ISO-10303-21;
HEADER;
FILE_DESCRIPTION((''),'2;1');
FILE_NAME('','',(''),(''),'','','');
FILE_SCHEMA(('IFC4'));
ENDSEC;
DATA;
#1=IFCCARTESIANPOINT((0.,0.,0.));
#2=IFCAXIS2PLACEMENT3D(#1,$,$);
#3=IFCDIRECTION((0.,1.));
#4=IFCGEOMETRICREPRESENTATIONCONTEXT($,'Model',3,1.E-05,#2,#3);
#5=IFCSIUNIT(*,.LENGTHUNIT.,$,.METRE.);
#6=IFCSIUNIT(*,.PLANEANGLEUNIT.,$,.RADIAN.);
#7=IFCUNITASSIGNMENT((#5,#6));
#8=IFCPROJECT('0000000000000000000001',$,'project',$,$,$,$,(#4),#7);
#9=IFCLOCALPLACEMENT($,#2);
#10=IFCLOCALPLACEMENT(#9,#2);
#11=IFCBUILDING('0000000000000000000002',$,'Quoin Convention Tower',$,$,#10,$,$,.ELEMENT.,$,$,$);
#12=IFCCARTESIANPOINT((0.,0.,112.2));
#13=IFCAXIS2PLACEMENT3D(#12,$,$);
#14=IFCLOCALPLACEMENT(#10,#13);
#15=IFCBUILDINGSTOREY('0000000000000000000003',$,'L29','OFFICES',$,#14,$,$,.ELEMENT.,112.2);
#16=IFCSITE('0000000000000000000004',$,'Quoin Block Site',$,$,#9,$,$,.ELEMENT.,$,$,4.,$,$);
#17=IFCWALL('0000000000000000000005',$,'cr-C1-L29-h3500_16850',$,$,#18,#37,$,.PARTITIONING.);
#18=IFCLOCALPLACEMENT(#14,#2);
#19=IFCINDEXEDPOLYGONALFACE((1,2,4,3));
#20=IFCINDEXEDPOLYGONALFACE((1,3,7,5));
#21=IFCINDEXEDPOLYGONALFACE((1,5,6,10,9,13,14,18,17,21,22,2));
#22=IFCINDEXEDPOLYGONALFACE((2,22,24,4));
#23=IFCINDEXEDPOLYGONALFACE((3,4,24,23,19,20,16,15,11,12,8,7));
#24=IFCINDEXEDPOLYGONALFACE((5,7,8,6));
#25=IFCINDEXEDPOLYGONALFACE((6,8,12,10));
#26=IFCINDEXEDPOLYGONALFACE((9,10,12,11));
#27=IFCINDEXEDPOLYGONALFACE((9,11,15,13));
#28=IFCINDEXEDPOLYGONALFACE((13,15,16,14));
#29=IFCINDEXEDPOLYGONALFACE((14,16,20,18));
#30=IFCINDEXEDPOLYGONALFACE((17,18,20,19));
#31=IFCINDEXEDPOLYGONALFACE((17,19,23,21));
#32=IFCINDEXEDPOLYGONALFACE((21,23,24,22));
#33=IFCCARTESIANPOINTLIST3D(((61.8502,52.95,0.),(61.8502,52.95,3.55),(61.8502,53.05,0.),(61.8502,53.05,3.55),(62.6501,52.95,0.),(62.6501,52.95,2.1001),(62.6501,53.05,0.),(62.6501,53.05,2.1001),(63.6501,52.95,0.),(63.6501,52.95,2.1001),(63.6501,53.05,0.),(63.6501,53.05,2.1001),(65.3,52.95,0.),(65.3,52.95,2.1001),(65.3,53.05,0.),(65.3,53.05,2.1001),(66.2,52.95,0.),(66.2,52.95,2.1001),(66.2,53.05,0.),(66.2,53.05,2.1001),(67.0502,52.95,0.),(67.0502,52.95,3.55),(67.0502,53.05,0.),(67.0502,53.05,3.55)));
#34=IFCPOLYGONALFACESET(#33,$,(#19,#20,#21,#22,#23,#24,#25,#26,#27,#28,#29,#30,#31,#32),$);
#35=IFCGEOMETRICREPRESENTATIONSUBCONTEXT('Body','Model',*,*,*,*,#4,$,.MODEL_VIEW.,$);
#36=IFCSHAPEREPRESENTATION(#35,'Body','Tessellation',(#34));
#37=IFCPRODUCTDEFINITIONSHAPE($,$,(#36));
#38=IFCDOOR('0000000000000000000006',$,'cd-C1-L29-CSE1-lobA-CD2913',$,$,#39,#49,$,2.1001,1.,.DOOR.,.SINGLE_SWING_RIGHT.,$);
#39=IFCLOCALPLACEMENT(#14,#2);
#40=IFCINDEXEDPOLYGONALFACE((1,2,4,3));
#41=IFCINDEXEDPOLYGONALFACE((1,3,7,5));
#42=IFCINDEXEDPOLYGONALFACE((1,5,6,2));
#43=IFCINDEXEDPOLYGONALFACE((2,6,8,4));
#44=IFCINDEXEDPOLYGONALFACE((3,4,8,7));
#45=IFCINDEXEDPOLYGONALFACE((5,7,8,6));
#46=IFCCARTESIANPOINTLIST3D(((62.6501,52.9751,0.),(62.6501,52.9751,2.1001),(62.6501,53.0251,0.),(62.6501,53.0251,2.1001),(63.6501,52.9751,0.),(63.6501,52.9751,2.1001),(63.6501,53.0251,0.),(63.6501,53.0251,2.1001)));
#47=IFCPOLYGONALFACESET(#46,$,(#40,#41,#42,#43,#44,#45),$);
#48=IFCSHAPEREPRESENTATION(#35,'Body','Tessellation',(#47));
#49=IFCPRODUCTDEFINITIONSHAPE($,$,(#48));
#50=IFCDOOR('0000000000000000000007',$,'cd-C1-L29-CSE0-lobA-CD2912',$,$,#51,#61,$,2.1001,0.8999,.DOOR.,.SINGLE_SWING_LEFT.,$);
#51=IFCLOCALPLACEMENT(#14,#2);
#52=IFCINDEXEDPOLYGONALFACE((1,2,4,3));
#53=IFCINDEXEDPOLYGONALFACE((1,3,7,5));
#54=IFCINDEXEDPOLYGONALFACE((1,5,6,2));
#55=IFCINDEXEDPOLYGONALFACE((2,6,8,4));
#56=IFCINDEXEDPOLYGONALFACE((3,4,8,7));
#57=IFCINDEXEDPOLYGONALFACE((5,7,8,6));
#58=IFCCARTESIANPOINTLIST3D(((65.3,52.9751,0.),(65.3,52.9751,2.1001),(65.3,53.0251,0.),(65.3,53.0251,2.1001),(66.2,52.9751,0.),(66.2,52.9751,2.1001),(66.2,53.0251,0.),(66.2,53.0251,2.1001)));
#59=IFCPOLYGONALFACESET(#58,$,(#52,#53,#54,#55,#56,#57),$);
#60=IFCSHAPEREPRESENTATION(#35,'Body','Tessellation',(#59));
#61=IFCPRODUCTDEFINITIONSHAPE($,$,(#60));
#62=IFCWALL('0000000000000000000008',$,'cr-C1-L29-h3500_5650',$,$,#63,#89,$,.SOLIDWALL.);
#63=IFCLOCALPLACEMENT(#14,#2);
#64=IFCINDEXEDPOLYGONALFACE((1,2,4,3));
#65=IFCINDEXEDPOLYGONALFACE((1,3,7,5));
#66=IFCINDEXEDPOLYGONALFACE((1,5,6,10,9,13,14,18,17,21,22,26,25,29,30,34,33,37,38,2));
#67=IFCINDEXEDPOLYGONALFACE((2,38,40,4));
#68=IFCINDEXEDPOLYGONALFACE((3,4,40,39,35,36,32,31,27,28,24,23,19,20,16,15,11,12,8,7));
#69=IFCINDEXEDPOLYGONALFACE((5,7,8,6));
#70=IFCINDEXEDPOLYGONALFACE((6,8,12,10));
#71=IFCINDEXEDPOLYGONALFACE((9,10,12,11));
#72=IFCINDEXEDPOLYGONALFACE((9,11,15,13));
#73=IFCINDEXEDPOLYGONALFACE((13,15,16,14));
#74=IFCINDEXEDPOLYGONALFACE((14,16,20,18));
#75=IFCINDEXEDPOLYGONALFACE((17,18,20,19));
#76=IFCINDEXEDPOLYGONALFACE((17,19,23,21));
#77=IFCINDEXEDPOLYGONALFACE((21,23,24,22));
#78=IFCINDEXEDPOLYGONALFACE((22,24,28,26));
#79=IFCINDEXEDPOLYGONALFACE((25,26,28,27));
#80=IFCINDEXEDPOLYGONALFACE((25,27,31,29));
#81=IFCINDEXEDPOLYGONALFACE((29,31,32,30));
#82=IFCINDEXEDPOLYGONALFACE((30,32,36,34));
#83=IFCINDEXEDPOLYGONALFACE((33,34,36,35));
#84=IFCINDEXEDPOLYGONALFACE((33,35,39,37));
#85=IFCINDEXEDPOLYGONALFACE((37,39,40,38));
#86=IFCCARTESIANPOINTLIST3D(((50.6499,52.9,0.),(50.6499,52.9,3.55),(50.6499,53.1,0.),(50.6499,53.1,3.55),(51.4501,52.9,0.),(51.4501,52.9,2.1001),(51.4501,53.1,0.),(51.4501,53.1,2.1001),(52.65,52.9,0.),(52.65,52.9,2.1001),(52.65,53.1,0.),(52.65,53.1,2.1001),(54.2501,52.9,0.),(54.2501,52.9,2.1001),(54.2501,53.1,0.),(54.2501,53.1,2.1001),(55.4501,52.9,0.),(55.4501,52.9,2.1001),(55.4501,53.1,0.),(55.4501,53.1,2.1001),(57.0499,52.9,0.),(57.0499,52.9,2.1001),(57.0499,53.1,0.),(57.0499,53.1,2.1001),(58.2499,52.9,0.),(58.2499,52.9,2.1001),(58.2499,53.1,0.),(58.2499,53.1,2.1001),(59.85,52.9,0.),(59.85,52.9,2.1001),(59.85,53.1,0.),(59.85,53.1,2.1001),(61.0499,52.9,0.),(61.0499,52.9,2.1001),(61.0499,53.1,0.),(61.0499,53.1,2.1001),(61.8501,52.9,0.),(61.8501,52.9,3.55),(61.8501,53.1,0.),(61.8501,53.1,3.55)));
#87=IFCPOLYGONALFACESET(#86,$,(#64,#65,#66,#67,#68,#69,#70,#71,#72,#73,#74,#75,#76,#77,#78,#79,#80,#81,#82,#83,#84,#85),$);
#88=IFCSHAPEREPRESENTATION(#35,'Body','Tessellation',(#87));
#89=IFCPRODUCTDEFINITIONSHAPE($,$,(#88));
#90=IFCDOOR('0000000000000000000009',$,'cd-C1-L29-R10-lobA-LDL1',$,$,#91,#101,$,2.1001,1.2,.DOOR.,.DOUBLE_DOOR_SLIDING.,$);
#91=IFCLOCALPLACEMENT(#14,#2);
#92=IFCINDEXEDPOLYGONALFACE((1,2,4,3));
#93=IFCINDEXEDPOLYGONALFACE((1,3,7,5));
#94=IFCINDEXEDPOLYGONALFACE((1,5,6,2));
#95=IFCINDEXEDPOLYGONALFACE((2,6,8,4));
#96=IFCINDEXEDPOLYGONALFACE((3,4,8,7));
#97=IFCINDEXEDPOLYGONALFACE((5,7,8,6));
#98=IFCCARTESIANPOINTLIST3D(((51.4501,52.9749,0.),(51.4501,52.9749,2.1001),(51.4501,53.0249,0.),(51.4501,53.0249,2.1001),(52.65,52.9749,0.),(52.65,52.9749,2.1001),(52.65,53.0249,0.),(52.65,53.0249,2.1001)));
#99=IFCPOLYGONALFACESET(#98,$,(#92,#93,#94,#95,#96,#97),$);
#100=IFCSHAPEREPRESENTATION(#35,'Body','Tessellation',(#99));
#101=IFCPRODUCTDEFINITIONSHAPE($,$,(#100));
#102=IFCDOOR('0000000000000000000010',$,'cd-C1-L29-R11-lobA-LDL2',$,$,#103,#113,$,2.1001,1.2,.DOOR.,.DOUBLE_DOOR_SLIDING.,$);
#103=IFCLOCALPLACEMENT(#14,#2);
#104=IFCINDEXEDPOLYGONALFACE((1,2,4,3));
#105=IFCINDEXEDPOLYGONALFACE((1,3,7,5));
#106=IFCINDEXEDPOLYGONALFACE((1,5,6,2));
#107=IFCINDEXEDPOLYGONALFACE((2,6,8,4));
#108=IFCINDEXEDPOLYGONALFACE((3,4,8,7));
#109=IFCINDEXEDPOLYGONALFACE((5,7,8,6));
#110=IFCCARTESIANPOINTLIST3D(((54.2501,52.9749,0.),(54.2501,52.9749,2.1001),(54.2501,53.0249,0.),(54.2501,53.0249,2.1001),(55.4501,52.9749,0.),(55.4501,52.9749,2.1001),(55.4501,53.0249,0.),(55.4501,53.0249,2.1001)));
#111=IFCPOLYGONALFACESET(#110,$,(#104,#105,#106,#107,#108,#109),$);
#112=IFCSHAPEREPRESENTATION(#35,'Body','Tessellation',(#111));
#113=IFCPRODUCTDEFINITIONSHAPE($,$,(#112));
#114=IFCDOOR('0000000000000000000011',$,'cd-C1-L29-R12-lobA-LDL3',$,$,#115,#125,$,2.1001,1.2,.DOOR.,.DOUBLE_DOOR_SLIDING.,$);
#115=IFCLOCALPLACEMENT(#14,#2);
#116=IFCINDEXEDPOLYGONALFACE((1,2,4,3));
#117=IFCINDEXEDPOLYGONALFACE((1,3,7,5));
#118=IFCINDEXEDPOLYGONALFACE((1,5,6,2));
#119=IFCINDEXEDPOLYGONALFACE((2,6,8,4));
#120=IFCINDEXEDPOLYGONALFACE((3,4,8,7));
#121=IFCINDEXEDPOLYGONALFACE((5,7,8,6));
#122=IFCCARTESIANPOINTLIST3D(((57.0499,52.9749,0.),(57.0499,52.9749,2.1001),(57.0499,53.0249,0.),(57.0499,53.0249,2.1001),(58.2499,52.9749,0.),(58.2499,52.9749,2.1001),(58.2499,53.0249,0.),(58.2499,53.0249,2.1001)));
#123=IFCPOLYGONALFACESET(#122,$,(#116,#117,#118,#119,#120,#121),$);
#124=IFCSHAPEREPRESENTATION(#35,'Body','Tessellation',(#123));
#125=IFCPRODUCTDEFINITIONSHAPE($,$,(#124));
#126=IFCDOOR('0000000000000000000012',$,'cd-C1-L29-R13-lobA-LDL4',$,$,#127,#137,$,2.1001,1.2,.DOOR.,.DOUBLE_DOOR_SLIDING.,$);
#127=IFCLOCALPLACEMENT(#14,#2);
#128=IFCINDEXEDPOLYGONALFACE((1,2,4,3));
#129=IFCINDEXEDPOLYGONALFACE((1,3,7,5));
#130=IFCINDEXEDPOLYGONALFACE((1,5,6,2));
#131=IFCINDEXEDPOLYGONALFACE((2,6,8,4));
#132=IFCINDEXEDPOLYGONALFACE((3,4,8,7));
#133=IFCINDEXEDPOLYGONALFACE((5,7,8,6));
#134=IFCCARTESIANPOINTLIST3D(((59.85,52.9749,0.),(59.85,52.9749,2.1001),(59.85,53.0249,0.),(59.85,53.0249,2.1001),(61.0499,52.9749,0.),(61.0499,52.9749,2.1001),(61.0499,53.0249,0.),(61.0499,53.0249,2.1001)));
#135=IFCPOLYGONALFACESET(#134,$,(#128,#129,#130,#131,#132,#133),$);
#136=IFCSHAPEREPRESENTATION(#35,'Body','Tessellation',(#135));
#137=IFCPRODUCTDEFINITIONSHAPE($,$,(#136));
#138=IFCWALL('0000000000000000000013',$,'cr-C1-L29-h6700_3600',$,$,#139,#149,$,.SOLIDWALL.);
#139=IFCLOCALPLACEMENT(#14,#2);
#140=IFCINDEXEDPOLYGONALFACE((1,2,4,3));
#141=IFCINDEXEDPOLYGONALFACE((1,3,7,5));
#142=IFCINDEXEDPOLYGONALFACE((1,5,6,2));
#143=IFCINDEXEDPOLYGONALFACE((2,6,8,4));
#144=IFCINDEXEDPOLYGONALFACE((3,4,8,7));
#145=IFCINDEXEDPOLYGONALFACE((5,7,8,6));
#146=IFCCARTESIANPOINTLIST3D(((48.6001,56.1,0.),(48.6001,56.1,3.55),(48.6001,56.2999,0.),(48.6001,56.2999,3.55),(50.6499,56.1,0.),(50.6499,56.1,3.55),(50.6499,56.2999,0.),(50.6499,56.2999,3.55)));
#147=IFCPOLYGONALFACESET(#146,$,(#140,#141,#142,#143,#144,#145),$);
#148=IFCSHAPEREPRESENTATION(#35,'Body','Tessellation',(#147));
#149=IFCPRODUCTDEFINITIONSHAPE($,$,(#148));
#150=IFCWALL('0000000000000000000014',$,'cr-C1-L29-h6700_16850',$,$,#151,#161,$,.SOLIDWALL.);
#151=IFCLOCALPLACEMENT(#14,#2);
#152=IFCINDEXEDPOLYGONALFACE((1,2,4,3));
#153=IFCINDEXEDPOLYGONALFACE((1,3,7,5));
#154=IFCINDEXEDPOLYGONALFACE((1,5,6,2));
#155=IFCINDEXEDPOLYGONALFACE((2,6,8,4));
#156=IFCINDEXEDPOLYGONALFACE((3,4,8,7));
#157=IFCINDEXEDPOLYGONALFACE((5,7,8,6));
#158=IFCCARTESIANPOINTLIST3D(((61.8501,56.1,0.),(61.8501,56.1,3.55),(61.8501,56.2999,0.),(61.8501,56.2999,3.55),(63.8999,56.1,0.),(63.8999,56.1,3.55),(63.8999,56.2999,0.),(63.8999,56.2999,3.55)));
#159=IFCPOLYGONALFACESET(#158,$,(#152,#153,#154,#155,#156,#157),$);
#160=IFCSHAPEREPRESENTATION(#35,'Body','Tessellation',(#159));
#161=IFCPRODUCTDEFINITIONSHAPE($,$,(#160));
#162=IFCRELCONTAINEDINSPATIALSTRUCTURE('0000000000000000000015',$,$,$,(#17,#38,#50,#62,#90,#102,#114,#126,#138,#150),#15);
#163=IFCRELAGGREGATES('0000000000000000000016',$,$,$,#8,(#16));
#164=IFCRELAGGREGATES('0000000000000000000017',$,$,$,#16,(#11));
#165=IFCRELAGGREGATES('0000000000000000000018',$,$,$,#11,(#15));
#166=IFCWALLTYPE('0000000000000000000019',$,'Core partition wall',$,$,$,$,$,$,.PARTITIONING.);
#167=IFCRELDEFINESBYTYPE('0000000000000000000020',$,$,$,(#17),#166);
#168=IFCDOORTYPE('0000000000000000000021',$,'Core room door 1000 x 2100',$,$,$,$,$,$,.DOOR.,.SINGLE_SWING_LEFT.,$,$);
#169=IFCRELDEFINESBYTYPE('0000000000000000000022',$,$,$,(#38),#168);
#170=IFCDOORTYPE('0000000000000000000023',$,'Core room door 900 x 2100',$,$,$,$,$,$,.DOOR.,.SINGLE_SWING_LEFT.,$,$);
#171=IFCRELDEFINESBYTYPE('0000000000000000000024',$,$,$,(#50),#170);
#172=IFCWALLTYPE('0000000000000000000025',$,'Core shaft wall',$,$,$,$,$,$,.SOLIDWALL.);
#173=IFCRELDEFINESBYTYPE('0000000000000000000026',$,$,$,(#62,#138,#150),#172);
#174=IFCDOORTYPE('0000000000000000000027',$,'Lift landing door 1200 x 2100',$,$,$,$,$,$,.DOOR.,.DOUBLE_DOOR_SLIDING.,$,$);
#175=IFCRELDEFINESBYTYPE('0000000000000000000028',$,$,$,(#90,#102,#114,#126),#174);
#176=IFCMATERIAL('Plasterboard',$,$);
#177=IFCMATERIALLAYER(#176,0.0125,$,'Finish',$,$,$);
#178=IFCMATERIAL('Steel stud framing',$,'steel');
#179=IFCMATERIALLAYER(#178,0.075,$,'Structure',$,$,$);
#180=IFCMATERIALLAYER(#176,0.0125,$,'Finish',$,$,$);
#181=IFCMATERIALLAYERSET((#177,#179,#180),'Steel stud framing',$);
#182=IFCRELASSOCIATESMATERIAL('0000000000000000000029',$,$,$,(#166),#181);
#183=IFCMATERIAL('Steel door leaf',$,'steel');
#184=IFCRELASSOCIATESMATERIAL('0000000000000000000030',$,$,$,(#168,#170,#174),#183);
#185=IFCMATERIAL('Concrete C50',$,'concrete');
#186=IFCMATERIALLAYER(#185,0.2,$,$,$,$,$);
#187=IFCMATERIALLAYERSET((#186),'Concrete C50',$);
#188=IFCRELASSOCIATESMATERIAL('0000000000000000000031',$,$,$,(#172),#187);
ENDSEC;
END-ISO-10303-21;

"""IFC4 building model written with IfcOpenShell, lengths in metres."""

from ifc_helpers import new_model, si_unit, direction, frame, frame_2d, origin, place, context, subcontext, project, spatial, rectangle, extrude, material, layer, layer_set, type_object, element, fill, save


model = new_model("IFC4")

# Units and contexts
model_context = context("Model", 3, precision=1e-05, world=origin(), true_north=direction((0.0, 1.0)))
body_context = subcontext(model_context, "Body", "Model", "MODEL_VIEW")
ifc_project = project(units=[si_unit("LENGTHUNIT", "METRE"), si_unit("PLANEANGLEUNIT", "RADIAN")], contexts=[model_context])

# Site, building, storey
site_placement = place(None, origin())
site = spatial("IfcSite", under=ifc_project, at=site_placement, Name="Quoin Block Site", CompositionType="ELEMENT", RefElevation=4.0)
building_placement = place(site_placement, origin())
building = spatial("IfcBuilding", under=site, at=building_placement, Name="Quoin Convention Tower", CompositionType="ELEMENT")
storey_placement = place(building_placement, frame((0.0, 0.0, 112.2)))
storey = spatial("IfcBuildingStorey", under=building, at=storey_placement, Name="L29", Description="OFFICES", CompositionType="ELEMENT", Elevation=112.2)

# Walls, openings, doors
ifc_material_1 = material(Name="Plasterboard")
ifc_layer_1 = layer(ifc_material_1, 0.0125, Name="Finish")
ifc_material_2 = material(Name="Steel stud framing", Category="steel")
ifc_layer_2 = layer(ifc_material_2, 0.075, Name="Structure")
ifc_layer_3 = layer(ifc_material_1, 0.0125, Name="Finish")
ifc_layer_set_1 = layer_set([ifc_layer_1, ifc_layer_2, ifc_layer_3], Name="Steel stud framing")
wall_type_1 = type_object("IfcWallType", Name="Core partition wall", PredefinedType="PARTITIONING", material=ifc_layer_set_1)
wall_1_placement = place(storey_placement, frame((61.8501, 53.0, 0.0), z_axis=(0.0, 0.0, 1.0), x_axis=(1.0, 0.0, 0.0)))
wall_1 = element("IfcWall", 1, at=wall_1_placement, inside=storey, type_object=wall_type_1, Name="cr-C1-L29-h3500_16850", PredefinedType="PARTITIONING", context=body_context, shape_type="SweptSolid", body=[
    extrude(rectangle(XDim=5.2, YDim=0.1001, at=frame_2d((2.6001, 0.0))), origin(), (0.0, 0.0, 1.0), 3.55),
])
opening_1_placement = place(wall_1_placement, frame((3.45, 0.0, 0.0)))
opening_1 = element("IfcOpeningElement", 2, at=opening_1_placement, cuts=wall_1, PredefinedType="OPENING", context=body_context, shape_type="SweptSolid", body=[
    extrude(rectangle(XDim=0.8999, YDim=2.1001, at=frame_2d((0.45, 1.05))), frame((0.0, 0.0601, 0.0), z_axis=(0.0, -1.0, 0.0), x_axis=(1.0, 0.0, 0.0)), (0.0, 0.0, 1.0), 0.1201),
])
opening_2_placement = place(wall_1_placement, frame((0.8, 0.0, 0.0)))
opening_2 = element("IfcOpeningElement", 3, at=opening_2_placement, cuts=wall_1, PredefinedType="OPENING", context=body_context, shape_type="SweptSolid", body=[
    extrude(rectangle(XDim=1.0, YDim=2.1001, at=frame_2d((0.5, 1.05))), frame((0.0, 0.0601, 0.0), z_axis=(0.0, -1.0, 0.0), x_axis=(1.0, 0.0, 0.0)), (0.0, 0.0, 1.0), 0.1201),
])
ifc_material_3 = material(Name="Steel door leaf", Category="steel")
door_type_1 = type_object("IfcDoorType", Name="Core room door 1000 x 2100", OperationType="SINGLE_SWING_LEFT", PredefinedType="DOOR", material=ifc_material_3)
door_1_placement = place(opening_2_placement, frame((1.0, 0.0, 0.0), z_axis=(0.0, 0.0, 1.0), x_axis=(-1.0, 0.0, 0.0)))
door_1 = element("IfcDoor", 4, at=door_1_placement, inside=storey, type_object=door_type_1, Name="cd-C1-L29-CSE1-lobA-CD2913", OperationType="SINGLE_SWING_RIGHT", OverallHeight=2.1001, OverallWidth=1.0, PredefinedType="DOOR", context=body_context, shape_type="SweptSolid", body=[
    extrude(rectangle(XDim=1.0, YDim=2.1001, at=frame_2d((0.5, 1.05))), frame((0.0, 0.0249, 0.0), z_axis=(0.0, -1.0, 0.0), x_axis=(1.0, 0.0, 0.0)), (0.0, 0.0, 1.0), 0.05),
])
fill(opening_2, door_1)
door_type_2 = type_object("IfcDoorType", Name="Core room door 900 x 2100", OperationType="SINGLE_SWING_LEFT", PredefinedType="DOOR", material=ifc_material_3)
door_2_placement = place(opening_1_placement, frame((0.8999, 0.0, 0.0), z_axis=(0.0, 0.0, 1.0), x_axis=(-1.0, 0.0, 0.0)))
door_2 = element("IfcDoor", 5, at=door_2_placement, inside=storey, type_object=door_type_2, Name="cd-C1-L29-CSE0-lobA-CD2912", OperationType="SINGLE_SWING_LEFT", OverallHeight=2.1001, OverallWidth=0.8999, PredefinedType="DOOR", context=body_context, shape_type="SweptSolid", body=[
    extrude(rectangle(XDim=0.8999, YDim=2.1001, at=frame_2d((0.45, 1.05))), frame((0.0, 0.0249, 0.0), z_axis=(0.0, -1.0, 0.0), x_axis=(1.0, 0.0, 0.0)), (0.0, 0.0, 1.0), 0.05),
])
fill(opening_1, door_2)
ifc_material_4 = material(Name="Concrete C50", Category="concrete")
ifc_layer_4 = layer(ifc_material_4, 0.2)
ifc_layer_set_2 = layer_set([ifc_layer_4], Name="Concrete C50")
wall_type_2 = type_object("IfcWallType", Name="Core shaft wall", PredefinedType="SOLIDWALL", material=ifc_layer_set_2)
wall_2_placement = place(storey_placement, frame((50.6499, 53.0, 0.0), z_axis=(0.0, 0.0, 1.0), x_axis=(1.0, 0.0, 0.0)))
wall_2 = element("IfcWall", 6, at=wall_2_placement, inside=storey, type_object=wall_type_2, Name="cr-C1-L29-h3500_5650", PredefinedType="SOLIDWALL", context=body_context, shape_type="SweptSolid", body=[
    extrude(rectangle(XDim=11.2002, YDim=0.2, at=frame_2d((5.6001, 0.0))), origin(), (0.0, 0.0, 1.0), 3.55),
])
opening_3_placement = place(wall_2_placement, frame((0.8, 0.0, 0.0)))
opening_3 = element("IfcOpeningElement", 7, at=opening_3_placement, cuts=wall_2, PredefinedType="OPENING", context=body_context, shape_type="SweptSolid", body=[
    extrude(rectangle(XDim=1.2, YDim=2.1001, at=frame_2d((0.6001, 1.05))), frame((0.0, 0.1099, 0.0), z_axis=(0.0, -1.0, 0.0), x_axis=(1.0, 0.0, 0.0)), (0.0, 0.0, 1.0), 0.22),
])
opening_4_placement = place(wall_2_placement, frame((3.6001, 0.0, 0.0)))
opening_4 = element("IfcOpeningElement", 8, at=opening_4_placement, cuts=wall_2, PredefinedType="OPENING", context=body_context, shape_type="SweptSolid", body=[
    extrude(rectangle(XDim=1.2, YDim=2.1001, at=frame_2d((0.6001, 1.05))), frame((0.0, 0.1099, 0.0), z_axis=(0.0, -1.0, 0.0), x_axis=(1.0, 0.0, 0.0)), (0.0, 0.0, 1.0), 0.22),
])
opening_5_placement = place(wall_2_placement, frame((6.3999, 0.0, 0.0)))
opening_5 = element("IfcOpeningElement", 9, at=opening_5_placement, cuts=wall_2, PredefinedType="OPENING", context=body_context, shape_type="SweptSolid", body=[
    extrude(rectangle(XDim=1.2, YDim=2.1001, at=frame_2d((0.6001, 1.05))), frame((0.0, 0.1099, 0.0), z_axis=(0.0, -1.0, 0.0), x_axis=(1.0, 0.0, 0.0)), (0.0, 0.0, 1.0), 0.22),
])
opening_6_placement = place(wall_2_placement, frame((9.2, 0.0, 0.0)))
opening_6 = element("IfcOpeningElement", 10, at=opening_6_placement, cuts=wall_2, PredefinedType="OPENING", context=body_context, shape_type="SweptSolid", body=[
    extrude(rectangle(XDim=1.2, YDim=2.1001, at=frame_2d((0.6001, 1.05))), frame((0.0, 0.1099, 0.0), z_axis=(0.0, -1.0, 0.0), x_axis=(1.0, 0.0, 0.0)), (0.0, 0.0, 1.0), 0.22),
])
door_type_3 = type_object("IfcDoorType", Name="Lift landing door 1200 x 2100", OperationType="DOUBLE_DOOR_SLIDING", PredefinedType="DOOR", material=ifc_material_3)
door_3_placement = place(opening_3_placement, origin())
door_3 = element("IfcDoor", 11, at=door_3_placement, inside=storey, type_object=door_type_3, Name="cd-C1-L29-R10-lobA-LDL1", OperationType="DOUBLE_DOOR_SLIDING", OverallHeight=2.1001, OverallWidth=1.2, PredefinedType="DOOR", context=body_context, shape_type="SweptSolid", body=[
    extrude(rectangle(XDim=1.2, YDim=2.1001, at=frame_2d((0.6001, 1.05))), frame((0.0, 0.0249, 0.0), z_axis=(0.0, -1.0, 0.0), x_axis=(1.0, 0.0, 0.0)), (0.0, 0.0, 1.0), 0.05),
])
fill(opening_3, door_3)
door_4_placement = place(opening_4_placement, origin())
door_4 = element("IfcDoor", 12, at=door_4_placement, inside=storey, type_object=door_type_3, Name="cd-C1-L29-R11-lobA-LDL2", OperationType="DOUBLE_DOOR_SLIDING", OverallHeight=2.1001, OverallWidth=1.2, PredefinedType="DOOR", context=body_context, shape_type="SweptSolid", body=[
    extrude(rectangle(XDim=1.2, YDim=2.1001, at=frame_2d((0.6001, 1.05))), frame((0.0, 0.0249, 0.0), z_axis=(0.0, -1.0, 0.0), x_axis=(1.0, 0.0, 0.0)), (0.0, 0.0, 1.0), 0.05),
])
fill(opening_4, door_4)
door_5_placement = place(opening_5_placement, origin())
door_5 = element("IfcDoor", 13, at=door_5_placement, inside=storey, type_object=door_type_3, Name="cd-C1-L29-R12-lobA-LDL3", OperationType="DOUBLE_DOOR_SLIDING", OverallHeight=2.1001, OverallWidth=1.2, PredefinedType="DOOR", context=body_context, shape_type="SweptSolid", body=[
    extrude(rectangle(XDim=1.2, YDim=2.1001, at=frame_2d((0.6001, 1.05))), frame((0.0, 0.0249, 0.0), z_axis=(0.0, -1.0, 0.0), x_axis=(1.0, 0.0, 0.0)), (0.0, 0.0, 1.0), 0.05),
])
fill(opening_5, door_5)
door_6_placement = place(opening_6_placement, origin())
door_6 = element("IfcDoor", 14, at=door_6_placement, inside=storey, type_object=door_type_3, Name="cd-C1-L29-R13-lobA-LDL4", OperationType="DOUBLE_DOOR_SLIDING", OverallHeight=2.1001, OverallWidth=1.2, PredefinedType="DOOR", context=body_context, shape_type="SweptSolid", body=[
    extrude(rectangle(XDim=1.2, YDim=2.1001, at=frame_2d((0.6001, 1.05))), frame((0.0, 0.0249, 0.0), z_axis=(0.0, -1.0, 0.0), x_axis=(1.0, 0.0, 0.0)), (0.0, 0.0, 1.0), 0.05),
])
fill(opening_6, door_6)

# Walls
for number, where, z_axis, x_axis, name in (
    (15, (48.6001, 56.2, 0.0), (0.0, 0.0, 1.0), (1.0, 0.0, 0.0), "cr-C1-L29-h6700_3600"),
    (16, (61.8501, 56.2, 0.0), (0.0, 0.0, 1.0), (1.0, 0.0, 0.0), "cr-C1-L29-h6700_16850"),
):
    element("IfcWall", number, at=place(storey_placement, frame(where, z_axis=z_axis, x_axis=x_axis)), inside=storey, type_object=wall_type_2, Name=name, PredefinedType="SOLIDWALL", context=body_context, shape_type="SweptSolid", body=[
        extrude(rectangle(XDim=2.0498, YDim=0.2, at=frame_2d((1.0249, 0.0))), origin(), (0.0, 0.0, 1.0), 3.55),
    ])

save(model, "model.ifc")
